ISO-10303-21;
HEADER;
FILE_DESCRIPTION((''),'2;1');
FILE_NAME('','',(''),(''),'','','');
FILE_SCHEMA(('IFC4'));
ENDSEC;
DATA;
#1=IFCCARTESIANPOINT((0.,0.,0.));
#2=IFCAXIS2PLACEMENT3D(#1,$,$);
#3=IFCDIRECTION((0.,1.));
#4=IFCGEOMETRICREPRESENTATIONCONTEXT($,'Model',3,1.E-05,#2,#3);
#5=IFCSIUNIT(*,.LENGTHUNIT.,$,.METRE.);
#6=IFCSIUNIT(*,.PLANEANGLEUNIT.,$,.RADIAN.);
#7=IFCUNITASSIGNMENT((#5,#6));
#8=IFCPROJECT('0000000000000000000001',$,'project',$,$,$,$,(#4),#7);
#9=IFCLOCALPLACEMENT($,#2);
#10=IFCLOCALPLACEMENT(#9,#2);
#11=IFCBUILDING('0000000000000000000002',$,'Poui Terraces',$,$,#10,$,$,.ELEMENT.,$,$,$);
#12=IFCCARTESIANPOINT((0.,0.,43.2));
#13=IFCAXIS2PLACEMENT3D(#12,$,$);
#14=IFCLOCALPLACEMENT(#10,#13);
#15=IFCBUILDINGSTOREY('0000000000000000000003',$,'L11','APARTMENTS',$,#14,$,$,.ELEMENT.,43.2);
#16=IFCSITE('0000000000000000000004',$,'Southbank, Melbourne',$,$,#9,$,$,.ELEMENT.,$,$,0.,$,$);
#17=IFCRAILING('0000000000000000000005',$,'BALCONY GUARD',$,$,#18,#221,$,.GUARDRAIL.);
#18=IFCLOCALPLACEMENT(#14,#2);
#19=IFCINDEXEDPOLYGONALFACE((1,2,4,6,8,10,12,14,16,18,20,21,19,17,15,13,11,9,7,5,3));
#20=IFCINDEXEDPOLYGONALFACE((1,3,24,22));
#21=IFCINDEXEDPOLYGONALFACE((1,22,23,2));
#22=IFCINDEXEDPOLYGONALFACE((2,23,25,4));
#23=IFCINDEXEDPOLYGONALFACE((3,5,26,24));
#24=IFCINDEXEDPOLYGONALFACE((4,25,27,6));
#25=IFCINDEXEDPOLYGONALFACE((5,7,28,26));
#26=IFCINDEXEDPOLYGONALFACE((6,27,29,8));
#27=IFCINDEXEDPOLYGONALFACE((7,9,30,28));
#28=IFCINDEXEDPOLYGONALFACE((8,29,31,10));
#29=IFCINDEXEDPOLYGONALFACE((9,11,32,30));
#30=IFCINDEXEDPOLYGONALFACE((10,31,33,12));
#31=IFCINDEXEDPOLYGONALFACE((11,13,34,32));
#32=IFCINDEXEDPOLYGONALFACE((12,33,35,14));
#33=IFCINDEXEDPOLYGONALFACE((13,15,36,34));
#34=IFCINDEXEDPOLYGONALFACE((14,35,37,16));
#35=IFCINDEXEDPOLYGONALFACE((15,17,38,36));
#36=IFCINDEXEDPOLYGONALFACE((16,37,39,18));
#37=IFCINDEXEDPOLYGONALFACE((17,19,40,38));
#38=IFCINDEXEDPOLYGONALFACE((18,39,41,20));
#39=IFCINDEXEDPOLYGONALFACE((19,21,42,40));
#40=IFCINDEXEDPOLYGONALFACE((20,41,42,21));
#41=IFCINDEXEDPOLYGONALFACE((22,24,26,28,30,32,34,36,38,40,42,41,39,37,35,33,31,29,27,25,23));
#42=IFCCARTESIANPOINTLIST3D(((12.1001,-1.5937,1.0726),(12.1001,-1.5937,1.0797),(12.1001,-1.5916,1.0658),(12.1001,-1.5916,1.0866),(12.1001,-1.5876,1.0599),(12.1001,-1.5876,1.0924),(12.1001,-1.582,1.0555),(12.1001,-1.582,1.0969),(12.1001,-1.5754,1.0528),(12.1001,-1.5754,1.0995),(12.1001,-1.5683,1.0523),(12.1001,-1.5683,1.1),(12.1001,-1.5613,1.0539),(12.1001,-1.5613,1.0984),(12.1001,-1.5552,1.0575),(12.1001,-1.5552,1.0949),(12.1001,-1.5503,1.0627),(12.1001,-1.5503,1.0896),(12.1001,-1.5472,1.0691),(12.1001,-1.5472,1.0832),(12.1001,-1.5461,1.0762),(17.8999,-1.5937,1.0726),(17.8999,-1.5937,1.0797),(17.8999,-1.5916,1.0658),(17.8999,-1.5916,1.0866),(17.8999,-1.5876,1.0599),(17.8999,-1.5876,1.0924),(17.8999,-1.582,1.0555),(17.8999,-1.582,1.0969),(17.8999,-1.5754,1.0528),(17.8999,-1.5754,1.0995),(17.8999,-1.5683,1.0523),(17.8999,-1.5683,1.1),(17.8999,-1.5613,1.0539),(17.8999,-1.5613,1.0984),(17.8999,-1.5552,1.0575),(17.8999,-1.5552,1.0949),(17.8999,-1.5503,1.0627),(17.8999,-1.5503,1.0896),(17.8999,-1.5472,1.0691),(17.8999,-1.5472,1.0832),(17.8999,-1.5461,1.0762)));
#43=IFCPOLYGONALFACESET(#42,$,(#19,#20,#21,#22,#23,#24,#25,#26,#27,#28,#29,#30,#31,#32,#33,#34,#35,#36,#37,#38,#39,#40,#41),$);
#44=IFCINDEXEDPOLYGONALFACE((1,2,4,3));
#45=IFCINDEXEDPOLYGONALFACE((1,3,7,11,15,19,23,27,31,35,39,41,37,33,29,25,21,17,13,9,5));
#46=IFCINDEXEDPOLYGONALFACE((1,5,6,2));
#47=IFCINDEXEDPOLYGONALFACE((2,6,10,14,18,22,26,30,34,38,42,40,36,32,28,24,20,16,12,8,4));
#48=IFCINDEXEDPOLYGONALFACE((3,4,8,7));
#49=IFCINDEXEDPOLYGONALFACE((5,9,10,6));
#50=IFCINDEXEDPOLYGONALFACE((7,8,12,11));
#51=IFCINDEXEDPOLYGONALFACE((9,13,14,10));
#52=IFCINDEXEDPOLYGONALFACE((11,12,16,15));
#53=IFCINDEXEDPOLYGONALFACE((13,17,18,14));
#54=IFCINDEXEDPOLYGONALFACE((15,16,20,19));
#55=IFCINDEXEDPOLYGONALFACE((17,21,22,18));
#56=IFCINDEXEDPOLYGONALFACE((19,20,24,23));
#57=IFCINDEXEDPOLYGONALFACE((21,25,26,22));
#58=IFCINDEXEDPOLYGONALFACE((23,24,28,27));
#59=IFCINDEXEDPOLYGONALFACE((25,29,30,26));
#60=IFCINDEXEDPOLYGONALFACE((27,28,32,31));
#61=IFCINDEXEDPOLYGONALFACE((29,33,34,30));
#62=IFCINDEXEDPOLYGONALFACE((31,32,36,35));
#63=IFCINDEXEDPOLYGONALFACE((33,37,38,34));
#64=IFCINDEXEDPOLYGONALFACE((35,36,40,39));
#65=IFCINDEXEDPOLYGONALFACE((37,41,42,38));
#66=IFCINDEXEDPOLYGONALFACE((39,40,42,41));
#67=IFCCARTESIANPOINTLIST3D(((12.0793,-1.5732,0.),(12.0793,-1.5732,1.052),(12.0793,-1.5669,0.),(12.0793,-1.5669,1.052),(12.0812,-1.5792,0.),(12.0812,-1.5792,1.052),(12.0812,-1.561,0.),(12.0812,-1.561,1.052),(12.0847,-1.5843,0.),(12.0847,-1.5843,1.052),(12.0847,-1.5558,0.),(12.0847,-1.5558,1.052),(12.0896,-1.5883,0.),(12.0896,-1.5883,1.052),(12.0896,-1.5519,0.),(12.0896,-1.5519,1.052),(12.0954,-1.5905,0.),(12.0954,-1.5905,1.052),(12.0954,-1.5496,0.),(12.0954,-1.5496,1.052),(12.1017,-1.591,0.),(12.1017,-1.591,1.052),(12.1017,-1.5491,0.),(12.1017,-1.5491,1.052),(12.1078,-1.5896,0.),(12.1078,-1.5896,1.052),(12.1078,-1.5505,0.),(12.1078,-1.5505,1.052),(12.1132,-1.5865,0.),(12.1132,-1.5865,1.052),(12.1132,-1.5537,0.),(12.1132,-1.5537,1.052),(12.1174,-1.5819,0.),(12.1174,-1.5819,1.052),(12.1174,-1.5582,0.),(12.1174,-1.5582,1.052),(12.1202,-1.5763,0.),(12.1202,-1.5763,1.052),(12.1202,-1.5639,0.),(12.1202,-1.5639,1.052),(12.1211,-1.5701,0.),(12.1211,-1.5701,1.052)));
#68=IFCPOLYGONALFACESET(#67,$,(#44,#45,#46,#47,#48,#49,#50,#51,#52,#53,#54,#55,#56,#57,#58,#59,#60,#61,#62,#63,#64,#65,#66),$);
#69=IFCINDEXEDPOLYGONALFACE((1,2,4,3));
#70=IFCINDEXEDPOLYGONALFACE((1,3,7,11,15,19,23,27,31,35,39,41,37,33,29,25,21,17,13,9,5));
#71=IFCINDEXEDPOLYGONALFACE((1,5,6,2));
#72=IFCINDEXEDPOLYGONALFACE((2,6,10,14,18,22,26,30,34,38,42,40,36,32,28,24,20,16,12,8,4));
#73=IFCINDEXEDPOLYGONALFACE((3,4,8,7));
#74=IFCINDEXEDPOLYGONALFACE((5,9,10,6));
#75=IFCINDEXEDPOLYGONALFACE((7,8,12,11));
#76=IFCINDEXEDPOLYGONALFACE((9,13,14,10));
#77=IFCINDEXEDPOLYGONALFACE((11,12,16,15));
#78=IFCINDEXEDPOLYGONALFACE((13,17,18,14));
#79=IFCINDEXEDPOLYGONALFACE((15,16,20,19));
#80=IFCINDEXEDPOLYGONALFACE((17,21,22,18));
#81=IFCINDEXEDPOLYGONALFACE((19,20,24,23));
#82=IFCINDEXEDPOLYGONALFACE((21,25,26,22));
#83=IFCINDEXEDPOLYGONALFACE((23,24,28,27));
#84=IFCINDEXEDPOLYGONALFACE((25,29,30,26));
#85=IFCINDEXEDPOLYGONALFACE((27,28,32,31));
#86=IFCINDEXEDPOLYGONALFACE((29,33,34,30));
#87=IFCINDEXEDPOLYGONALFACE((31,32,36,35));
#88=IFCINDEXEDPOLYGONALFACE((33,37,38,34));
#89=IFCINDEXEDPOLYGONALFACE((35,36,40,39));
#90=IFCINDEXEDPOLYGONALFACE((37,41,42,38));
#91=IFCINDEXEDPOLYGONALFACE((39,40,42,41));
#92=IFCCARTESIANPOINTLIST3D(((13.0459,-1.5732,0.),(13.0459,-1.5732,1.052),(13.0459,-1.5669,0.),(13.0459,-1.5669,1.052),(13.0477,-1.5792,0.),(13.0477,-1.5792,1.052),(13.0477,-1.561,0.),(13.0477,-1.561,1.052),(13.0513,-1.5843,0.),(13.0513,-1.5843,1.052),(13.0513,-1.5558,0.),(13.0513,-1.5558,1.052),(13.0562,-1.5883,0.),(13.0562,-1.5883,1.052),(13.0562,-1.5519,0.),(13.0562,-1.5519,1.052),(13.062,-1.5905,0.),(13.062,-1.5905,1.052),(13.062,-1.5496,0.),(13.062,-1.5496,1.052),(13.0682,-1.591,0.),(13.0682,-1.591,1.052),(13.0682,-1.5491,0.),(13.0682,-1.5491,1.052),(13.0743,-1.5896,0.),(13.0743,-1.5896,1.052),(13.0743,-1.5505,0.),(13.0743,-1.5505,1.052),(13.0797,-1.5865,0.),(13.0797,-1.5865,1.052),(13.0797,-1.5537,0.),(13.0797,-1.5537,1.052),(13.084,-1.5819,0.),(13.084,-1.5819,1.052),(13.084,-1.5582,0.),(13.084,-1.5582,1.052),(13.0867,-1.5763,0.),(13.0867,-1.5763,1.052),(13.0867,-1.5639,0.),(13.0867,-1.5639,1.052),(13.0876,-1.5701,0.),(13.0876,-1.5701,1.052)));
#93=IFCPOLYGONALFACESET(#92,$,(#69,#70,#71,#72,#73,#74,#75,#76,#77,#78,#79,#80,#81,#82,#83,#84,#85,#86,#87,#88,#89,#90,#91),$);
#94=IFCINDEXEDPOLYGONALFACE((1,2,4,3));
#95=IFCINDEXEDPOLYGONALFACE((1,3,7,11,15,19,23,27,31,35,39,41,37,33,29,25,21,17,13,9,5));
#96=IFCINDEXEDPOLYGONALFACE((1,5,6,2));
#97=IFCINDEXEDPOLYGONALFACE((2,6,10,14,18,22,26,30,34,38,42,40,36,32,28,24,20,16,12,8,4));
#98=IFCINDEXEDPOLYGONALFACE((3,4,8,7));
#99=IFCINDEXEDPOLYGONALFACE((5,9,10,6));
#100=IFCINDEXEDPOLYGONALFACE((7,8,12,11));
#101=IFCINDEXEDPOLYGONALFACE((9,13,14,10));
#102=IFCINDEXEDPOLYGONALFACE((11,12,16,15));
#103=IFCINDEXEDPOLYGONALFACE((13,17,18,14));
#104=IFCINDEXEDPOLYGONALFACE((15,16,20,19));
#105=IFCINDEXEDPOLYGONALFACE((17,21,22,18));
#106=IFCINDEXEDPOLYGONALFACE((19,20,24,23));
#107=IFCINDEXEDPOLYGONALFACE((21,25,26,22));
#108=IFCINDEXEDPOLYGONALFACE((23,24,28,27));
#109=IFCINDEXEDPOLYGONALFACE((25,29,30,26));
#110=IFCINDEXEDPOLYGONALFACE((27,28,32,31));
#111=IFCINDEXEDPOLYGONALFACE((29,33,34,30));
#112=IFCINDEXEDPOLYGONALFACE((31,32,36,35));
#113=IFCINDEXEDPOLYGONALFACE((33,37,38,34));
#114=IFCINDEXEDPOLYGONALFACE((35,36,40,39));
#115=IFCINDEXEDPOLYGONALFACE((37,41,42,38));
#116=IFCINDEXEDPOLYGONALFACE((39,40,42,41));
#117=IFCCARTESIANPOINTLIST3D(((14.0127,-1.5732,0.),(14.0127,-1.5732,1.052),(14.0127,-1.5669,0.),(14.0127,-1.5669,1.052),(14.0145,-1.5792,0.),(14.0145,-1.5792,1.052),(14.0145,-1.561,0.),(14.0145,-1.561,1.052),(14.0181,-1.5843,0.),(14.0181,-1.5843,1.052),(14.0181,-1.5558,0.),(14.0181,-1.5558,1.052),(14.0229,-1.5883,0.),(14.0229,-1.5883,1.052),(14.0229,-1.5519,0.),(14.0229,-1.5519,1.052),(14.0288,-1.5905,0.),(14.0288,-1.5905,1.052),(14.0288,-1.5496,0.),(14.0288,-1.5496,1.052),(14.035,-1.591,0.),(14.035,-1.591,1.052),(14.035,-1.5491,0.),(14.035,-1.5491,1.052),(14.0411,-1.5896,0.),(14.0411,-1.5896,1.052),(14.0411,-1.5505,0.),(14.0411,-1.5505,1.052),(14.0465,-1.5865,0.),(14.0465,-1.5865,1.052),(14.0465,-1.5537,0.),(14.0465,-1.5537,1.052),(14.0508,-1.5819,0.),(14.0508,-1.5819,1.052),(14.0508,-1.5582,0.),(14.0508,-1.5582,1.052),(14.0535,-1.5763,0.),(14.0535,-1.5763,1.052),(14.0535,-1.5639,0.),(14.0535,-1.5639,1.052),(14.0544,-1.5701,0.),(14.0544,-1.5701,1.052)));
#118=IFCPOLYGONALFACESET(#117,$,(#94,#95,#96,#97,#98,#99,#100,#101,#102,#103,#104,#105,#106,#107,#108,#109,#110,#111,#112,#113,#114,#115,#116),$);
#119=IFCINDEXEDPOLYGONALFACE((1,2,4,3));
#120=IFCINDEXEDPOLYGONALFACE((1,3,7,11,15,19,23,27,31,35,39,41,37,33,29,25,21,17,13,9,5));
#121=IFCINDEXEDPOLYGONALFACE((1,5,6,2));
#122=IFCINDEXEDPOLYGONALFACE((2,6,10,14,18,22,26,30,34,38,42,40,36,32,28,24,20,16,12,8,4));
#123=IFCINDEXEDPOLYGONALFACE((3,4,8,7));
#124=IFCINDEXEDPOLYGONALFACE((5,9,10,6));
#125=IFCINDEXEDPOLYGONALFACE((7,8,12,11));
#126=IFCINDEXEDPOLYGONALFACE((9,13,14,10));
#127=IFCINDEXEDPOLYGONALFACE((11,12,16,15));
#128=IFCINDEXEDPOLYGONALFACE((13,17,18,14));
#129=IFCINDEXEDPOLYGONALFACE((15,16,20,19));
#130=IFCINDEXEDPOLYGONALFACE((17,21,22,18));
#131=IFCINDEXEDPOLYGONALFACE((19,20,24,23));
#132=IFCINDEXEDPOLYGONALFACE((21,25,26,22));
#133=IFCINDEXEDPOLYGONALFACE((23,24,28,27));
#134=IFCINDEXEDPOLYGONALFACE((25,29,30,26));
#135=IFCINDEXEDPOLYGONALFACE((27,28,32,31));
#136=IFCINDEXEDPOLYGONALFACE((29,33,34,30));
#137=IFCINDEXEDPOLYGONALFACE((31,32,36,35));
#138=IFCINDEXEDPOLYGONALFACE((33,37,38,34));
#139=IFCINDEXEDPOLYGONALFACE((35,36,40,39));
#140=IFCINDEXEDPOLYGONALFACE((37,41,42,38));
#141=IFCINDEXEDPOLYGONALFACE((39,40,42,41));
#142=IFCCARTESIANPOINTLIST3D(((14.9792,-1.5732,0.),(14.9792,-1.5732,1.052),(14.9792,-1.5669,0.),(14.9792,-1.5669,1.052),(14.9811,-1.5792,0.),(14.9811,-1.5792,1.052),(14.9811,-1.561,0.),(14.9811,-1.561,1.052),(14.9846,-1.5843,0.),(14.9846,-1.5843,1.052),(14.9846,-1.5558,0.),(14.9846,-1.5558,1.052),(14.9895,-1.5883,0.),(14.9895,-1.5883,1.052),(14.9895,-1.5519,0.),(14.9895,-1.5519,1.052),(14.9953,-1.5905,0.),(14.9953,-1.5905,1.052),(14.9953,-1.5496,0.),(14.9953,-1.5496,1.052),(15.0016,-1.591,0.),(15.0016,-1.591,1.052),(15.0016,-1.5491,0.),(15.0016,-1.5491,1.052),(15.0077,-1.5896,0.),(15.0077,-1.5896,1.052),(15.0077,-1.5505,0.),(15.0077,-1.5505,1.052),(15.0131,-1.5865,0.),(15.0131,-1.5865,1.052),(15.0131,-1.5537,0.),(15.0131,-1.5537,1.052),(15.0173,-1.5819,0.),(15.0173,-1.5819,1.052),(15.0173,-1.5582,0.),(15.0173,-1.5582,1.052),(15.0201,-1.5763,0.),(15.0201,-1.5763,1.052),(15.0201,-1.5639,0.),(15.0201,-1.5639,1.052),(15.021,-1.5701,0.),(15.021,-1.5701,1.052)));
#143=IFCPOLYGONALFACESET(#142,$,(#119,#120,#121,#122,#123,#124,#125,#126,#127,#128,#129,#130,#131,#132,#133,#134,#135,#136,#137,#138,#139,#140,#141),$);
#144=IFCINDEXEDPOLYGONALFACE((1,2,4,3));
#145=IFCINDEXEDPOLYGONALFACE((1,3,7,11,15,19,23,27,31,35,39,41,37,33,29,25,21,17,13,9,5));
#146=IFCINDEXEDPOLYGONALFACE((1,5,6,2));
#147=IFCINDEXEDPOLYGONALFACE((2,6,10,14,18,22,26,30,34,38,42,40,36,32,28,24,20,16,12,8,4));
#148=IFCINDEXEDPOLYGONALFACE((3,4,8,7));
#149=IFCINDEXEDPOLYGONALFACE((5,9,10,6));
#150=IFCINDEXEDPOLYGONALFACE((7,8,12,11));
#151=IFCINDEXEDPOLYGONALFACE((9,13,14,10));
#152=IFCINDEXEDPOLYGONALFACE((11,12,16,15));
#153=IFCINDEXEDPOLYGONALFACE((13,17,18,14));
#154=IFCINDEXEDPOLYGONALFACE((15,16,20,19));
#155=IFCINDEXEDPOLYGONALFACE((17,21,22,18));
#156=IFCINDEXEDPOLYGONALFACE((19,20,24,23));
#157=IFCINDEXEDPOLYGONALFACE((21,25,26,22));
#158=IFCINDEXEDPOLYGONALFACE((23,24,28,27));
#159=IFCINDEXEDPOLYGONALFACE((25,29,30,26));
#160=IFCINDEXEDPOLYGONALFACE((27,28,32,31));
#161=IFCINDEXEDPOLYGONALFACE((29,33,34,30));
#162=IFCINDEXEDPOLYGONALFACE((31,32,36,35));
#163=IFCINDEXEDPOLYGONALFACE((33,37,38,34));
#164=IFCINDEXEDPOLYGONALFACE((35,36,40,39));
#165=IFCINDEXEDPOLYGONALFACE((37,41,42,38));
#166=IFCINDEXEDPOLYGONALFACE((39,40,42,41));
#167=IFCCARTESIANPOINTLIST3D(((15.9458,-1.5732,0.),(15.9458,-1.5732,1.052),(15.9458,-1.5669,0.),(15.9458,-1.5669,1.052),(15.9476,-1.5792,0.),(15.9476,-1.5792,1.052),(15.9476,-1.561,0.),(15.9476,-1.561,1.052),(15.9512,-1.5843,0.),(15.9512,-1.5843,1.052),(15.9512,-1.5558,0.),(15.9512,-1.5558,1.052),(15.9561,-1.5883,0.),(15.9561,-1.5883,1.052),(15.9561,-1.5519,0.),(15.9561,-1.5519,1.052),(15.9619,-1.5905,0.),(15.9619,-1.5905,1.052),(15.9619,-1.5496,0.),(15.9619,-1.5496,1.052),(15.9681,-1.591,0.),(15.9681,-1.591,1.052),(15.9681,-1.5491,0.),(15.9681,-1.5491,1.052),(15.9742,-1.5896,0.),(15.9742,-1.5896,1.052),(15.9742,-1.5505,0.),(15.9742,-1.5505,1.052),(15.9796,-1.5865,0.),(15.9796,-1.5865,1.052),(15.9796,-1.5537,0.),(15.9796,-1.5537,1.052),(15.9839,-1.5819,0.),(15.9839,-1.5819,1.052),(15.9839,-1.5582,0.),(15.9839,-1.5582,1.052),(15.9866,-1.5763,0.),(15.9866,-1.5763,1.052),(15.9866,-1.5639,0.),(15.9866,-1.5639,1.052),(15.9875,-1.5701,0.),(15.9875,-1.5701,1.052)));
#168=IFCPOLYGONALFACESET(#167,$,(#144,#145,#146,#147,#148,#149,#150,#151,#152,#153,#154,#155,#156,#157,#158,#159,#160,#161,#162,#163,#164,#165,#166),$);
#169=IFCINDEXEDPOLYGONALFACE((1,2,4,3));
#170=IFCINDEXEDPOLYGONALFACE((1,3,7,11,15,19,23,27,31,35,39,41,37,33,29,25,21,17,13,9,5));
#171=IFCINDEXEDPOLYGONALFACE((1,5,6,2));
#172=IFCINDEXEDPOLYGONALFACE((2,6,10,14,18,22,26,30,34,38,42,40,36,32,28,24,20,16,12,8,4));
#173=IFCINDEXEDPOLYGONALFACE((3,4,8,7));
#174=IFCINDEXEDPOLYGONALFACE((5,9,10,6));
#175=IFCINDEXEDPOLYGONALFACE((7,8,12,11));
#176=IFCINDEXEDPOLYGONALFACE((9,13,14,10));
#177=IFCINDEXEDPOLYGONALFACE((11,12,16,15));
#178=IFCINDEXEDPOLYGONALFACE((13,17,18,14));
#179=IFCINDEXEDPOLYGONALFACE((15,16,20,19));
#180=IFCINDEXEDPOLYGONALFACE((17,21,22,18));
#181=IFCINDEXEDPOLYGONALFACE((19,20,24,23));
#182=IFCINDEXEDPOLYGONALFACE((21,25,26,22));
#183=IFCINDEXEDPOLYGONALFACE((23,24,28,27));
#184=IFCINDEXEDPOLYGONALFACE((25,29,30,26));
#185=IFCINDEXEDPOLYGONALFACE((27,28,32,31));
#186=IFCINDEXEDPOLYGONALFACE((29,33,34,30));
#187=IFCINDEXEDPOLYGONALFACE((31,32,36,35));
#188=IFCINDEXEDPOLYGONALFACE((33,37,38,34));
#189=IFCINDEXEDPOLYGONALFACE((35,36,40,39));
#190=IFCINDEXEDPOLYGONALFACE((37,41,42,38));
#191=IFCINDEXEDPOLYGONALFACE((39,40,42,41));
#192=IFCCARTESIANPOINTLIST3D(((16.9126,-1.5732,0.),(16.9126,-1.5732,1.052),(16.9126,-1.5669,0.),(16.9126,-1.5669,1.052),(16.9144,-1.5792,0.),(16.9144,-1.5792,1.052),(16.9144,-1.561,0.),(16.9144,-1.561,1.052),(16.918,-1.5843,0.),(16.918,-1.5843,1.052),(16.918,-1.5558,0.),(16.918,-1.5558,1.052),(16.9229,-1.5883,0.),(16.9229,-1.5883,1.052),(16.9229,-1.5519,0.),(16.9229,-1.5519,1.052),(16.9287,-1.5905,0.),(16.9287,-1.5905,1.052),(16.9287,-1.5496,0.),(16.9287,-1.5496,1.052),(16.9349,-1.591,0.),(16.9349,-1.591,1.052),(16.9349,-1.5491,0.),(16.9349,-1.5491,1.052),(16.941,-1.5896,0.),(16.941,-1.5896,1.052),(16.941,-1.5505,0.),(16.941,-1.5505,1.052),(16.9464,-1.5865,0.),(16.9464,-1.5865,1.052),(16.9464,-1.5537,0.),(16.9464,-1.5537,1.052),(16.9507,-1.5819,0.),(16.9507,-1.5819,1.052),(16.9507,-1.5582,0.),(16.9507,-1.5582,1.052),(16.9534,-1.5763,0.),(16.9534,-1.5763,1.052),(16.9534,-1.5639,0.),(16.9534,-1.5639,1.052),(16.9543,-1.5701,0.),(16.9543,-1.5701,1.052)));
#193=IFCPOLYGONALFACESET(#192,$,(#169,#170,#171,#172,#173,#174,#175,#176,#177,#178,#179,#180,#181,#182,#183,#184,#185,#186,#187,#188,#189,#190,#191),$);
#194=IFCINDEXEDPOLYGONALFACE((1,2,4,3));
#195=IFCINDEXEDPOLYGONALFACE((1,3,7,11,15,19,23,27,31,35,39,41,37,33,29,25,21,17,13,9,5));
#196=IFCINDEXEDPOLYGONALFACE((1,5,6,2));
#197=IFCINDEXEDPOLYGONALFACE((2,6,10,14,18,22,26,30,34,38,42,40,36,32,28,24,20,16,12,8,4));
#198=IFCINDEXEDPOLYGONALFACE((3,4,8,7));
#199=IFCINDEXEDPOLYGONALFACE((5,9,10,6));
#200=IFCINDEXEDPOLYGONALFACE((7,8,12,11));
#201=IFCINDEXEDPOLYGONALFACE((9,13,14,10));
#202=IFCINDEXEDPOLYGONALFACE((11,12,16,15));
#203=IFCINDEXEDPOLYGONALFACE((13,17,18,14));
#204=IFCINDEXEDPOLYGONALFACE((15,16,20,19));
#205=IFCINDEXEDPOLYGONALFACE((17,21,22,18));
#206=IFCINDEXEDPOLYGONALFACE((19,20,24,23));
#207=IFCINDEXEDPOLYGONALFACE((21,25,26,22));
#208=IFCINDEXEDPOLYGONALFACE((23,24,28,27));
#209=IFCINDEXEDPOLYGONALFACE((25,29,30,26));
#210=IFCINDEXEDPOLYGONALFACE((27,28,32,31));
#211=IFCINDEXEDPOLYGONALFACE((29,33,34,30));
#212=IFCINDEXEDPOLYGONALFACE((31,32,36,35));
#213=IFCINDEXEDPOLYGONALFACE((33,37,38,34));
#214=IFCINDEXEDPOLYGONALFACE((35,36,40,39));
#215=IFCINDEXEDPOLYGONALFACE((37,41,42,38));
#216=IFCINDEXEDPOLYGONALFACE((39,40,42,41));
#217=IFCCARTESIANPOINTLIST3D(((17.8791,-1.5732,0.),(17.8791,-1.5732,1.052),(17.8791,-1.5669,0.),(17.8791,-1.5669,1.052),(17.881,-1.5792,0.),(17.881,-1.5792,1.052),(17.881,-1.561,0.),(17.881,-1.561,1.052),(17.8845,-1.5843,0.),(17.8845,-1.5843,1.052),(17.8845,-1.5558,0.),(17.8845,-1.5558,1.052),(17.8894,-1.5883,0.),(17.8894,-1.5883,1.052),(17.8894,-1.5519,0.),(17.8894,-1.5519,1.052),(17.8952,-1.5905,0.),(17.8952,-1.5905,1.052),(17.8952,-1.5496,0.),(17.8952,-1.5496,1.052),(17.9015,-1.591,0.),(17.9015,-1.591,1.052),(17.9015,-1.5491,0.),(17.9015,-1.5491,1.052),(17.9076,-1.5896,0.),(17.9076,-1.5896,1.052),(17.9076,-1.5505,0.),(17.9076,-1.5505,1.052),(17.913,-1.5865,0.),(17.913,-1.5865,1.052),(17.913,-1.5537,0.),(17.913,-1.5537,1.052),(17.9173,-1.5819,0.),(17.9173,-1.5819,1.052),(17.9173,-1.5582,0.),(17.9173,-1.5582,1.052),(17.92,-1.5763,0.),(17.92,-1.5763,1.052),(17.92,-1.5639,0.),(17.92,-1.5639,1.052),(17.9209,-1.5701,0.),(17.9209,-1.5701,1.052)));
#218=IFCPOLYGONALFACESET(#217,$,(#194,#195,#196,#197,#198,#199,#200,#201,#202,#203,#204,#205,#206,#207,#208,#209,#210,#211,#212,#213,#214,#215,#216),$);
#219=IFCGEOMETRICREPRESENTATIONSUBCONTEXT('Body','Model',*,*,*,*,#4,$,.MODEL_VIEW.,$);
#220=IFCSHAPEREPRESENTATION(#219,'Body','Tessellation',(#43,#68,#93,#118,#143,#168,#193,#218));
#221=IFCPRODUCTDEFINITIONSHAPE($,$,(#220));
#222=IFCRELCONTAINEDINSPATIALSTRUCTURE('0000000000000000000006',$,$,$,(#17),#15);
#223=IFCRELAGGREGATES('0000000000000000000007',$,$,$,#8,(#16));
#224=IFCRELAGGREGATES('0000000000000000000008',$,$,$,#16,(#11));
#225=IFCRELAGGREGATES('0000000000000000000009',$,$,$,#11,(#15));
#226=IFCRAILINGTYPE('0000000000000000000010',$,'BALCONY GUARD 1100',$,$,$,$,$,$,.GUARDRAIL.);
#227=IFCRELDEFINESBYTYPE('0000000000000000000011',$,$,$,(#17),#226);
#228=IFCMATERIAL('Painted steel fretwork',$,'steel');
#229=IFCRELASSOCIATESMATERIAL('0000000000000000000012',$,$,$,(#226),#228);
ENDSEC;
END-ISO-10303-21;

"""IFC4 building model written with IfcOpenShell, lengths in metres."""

from ifc_helpers import new_model, si_unit, direction, frame, origin, origin_2d, place, context, subcontext, project, spatial, circle, extrude, material, type_object, element, save


model = new_model("IFC4")

# Units and contexts
model_context = context("Model", 3, precision=1e-05, world=origin(), true_north=direction((0.0, 1.0)))
body_context = subcontext(model_context, "Body", "Model", "MODEL_VIEW")
ifc_project = project(units=[si_unit("LENGTHUNIT", "METRE"), si_unit("PLANEANGLEUNIT", "RADIAN")], contexts=[model_context])

# Site, building, storey
site_placement = place(None, origin())
site = spatial("IfcSite", under=ifc_project, at=site_placement, Name="Southbank, Melbourne", CompositionType="ELEMENT", RefElevation=0.0)
building_placement = place(site_placement, origin())
building = spatial("IfcBuilding", under=site, at=building_placement, Name="Poui Terraces", CompositionType="ELEMENT")
storey_placement = place(building_placement, frame((0.0, 0.0, 43.2)))
storey = spatial("IfcBuildingStorey", under=building, at=storey_placement, Name="L11", Description="APARTMENTS", CompositionType="ELEMENT", Elevation=43.2)

# Railing
ifc_material_1 = material(Name="Painted steel fretwork", Category="steel")
railing_type = type_object("IfcRailingType", Name="BALCONY GUARD 1100", PredefinedType="GUARDRAIL", material=ifc_material_1)
railing_placement = place(storey_placement, frame((12.1001, -1.5701, 0.0)))
element("IfcRailing", 1, at=railing_placement, inside=storey, type_object=railing_type, Name="BALCONY GUARD", PredefinedType="GUARDRAIL", context=body_context, shape_type="SweptSolid", body=[
    extrude(circle(Radius=0.0239, at=origin_2d()), frame((0.0, 0.0, 1.0762), z_axis=(1.0, 0.0, 0.0), x_axis=(0.0, 1.0, 0.0)), (0.0, 0.0, 1.0), 5.7998),
    extrude(circle(Radius=0.021, at=origin_2d()), origin(), (0.0, 0.0, 1.0), 1.052),
    extrude(circle(Radius=0.021, at=origin_2d()), frame((0.9666, 0.0, 0.0)), (0.0, 0.0, 1.0), 1.052),
    extrude(circle(Radius=0.021, at=origin_2d()), frame((1.9333, 0.0, 0.0)), (0.0, 0.0, 1.0), 1.052),
    extrude(circle(Radius=0.021, at=origin_2d()), frame((2.8999, 0.0, 0.0)), (0.0, 0.0, 1.0), 1.052),
    extrude(circle(Radius=0.021, at=origin_2d()), frame((3.8665, 0.0, 0.0)), (0.0, 0.0, 1.0), 1.052),
    extrude(circle(Radius=0.021, at=origin_2d()), frame((4.8333, 0.0, 0.0)), (0.0, 0.0, 1.0), 1.052),
    extrude(circle(Radius=0.021, at=origin_2d()), frame((5.7998, 0.0, 0.0)), (0.0, 0.0, 1.0), 1.052),
])

save(model, "model.ifc")
